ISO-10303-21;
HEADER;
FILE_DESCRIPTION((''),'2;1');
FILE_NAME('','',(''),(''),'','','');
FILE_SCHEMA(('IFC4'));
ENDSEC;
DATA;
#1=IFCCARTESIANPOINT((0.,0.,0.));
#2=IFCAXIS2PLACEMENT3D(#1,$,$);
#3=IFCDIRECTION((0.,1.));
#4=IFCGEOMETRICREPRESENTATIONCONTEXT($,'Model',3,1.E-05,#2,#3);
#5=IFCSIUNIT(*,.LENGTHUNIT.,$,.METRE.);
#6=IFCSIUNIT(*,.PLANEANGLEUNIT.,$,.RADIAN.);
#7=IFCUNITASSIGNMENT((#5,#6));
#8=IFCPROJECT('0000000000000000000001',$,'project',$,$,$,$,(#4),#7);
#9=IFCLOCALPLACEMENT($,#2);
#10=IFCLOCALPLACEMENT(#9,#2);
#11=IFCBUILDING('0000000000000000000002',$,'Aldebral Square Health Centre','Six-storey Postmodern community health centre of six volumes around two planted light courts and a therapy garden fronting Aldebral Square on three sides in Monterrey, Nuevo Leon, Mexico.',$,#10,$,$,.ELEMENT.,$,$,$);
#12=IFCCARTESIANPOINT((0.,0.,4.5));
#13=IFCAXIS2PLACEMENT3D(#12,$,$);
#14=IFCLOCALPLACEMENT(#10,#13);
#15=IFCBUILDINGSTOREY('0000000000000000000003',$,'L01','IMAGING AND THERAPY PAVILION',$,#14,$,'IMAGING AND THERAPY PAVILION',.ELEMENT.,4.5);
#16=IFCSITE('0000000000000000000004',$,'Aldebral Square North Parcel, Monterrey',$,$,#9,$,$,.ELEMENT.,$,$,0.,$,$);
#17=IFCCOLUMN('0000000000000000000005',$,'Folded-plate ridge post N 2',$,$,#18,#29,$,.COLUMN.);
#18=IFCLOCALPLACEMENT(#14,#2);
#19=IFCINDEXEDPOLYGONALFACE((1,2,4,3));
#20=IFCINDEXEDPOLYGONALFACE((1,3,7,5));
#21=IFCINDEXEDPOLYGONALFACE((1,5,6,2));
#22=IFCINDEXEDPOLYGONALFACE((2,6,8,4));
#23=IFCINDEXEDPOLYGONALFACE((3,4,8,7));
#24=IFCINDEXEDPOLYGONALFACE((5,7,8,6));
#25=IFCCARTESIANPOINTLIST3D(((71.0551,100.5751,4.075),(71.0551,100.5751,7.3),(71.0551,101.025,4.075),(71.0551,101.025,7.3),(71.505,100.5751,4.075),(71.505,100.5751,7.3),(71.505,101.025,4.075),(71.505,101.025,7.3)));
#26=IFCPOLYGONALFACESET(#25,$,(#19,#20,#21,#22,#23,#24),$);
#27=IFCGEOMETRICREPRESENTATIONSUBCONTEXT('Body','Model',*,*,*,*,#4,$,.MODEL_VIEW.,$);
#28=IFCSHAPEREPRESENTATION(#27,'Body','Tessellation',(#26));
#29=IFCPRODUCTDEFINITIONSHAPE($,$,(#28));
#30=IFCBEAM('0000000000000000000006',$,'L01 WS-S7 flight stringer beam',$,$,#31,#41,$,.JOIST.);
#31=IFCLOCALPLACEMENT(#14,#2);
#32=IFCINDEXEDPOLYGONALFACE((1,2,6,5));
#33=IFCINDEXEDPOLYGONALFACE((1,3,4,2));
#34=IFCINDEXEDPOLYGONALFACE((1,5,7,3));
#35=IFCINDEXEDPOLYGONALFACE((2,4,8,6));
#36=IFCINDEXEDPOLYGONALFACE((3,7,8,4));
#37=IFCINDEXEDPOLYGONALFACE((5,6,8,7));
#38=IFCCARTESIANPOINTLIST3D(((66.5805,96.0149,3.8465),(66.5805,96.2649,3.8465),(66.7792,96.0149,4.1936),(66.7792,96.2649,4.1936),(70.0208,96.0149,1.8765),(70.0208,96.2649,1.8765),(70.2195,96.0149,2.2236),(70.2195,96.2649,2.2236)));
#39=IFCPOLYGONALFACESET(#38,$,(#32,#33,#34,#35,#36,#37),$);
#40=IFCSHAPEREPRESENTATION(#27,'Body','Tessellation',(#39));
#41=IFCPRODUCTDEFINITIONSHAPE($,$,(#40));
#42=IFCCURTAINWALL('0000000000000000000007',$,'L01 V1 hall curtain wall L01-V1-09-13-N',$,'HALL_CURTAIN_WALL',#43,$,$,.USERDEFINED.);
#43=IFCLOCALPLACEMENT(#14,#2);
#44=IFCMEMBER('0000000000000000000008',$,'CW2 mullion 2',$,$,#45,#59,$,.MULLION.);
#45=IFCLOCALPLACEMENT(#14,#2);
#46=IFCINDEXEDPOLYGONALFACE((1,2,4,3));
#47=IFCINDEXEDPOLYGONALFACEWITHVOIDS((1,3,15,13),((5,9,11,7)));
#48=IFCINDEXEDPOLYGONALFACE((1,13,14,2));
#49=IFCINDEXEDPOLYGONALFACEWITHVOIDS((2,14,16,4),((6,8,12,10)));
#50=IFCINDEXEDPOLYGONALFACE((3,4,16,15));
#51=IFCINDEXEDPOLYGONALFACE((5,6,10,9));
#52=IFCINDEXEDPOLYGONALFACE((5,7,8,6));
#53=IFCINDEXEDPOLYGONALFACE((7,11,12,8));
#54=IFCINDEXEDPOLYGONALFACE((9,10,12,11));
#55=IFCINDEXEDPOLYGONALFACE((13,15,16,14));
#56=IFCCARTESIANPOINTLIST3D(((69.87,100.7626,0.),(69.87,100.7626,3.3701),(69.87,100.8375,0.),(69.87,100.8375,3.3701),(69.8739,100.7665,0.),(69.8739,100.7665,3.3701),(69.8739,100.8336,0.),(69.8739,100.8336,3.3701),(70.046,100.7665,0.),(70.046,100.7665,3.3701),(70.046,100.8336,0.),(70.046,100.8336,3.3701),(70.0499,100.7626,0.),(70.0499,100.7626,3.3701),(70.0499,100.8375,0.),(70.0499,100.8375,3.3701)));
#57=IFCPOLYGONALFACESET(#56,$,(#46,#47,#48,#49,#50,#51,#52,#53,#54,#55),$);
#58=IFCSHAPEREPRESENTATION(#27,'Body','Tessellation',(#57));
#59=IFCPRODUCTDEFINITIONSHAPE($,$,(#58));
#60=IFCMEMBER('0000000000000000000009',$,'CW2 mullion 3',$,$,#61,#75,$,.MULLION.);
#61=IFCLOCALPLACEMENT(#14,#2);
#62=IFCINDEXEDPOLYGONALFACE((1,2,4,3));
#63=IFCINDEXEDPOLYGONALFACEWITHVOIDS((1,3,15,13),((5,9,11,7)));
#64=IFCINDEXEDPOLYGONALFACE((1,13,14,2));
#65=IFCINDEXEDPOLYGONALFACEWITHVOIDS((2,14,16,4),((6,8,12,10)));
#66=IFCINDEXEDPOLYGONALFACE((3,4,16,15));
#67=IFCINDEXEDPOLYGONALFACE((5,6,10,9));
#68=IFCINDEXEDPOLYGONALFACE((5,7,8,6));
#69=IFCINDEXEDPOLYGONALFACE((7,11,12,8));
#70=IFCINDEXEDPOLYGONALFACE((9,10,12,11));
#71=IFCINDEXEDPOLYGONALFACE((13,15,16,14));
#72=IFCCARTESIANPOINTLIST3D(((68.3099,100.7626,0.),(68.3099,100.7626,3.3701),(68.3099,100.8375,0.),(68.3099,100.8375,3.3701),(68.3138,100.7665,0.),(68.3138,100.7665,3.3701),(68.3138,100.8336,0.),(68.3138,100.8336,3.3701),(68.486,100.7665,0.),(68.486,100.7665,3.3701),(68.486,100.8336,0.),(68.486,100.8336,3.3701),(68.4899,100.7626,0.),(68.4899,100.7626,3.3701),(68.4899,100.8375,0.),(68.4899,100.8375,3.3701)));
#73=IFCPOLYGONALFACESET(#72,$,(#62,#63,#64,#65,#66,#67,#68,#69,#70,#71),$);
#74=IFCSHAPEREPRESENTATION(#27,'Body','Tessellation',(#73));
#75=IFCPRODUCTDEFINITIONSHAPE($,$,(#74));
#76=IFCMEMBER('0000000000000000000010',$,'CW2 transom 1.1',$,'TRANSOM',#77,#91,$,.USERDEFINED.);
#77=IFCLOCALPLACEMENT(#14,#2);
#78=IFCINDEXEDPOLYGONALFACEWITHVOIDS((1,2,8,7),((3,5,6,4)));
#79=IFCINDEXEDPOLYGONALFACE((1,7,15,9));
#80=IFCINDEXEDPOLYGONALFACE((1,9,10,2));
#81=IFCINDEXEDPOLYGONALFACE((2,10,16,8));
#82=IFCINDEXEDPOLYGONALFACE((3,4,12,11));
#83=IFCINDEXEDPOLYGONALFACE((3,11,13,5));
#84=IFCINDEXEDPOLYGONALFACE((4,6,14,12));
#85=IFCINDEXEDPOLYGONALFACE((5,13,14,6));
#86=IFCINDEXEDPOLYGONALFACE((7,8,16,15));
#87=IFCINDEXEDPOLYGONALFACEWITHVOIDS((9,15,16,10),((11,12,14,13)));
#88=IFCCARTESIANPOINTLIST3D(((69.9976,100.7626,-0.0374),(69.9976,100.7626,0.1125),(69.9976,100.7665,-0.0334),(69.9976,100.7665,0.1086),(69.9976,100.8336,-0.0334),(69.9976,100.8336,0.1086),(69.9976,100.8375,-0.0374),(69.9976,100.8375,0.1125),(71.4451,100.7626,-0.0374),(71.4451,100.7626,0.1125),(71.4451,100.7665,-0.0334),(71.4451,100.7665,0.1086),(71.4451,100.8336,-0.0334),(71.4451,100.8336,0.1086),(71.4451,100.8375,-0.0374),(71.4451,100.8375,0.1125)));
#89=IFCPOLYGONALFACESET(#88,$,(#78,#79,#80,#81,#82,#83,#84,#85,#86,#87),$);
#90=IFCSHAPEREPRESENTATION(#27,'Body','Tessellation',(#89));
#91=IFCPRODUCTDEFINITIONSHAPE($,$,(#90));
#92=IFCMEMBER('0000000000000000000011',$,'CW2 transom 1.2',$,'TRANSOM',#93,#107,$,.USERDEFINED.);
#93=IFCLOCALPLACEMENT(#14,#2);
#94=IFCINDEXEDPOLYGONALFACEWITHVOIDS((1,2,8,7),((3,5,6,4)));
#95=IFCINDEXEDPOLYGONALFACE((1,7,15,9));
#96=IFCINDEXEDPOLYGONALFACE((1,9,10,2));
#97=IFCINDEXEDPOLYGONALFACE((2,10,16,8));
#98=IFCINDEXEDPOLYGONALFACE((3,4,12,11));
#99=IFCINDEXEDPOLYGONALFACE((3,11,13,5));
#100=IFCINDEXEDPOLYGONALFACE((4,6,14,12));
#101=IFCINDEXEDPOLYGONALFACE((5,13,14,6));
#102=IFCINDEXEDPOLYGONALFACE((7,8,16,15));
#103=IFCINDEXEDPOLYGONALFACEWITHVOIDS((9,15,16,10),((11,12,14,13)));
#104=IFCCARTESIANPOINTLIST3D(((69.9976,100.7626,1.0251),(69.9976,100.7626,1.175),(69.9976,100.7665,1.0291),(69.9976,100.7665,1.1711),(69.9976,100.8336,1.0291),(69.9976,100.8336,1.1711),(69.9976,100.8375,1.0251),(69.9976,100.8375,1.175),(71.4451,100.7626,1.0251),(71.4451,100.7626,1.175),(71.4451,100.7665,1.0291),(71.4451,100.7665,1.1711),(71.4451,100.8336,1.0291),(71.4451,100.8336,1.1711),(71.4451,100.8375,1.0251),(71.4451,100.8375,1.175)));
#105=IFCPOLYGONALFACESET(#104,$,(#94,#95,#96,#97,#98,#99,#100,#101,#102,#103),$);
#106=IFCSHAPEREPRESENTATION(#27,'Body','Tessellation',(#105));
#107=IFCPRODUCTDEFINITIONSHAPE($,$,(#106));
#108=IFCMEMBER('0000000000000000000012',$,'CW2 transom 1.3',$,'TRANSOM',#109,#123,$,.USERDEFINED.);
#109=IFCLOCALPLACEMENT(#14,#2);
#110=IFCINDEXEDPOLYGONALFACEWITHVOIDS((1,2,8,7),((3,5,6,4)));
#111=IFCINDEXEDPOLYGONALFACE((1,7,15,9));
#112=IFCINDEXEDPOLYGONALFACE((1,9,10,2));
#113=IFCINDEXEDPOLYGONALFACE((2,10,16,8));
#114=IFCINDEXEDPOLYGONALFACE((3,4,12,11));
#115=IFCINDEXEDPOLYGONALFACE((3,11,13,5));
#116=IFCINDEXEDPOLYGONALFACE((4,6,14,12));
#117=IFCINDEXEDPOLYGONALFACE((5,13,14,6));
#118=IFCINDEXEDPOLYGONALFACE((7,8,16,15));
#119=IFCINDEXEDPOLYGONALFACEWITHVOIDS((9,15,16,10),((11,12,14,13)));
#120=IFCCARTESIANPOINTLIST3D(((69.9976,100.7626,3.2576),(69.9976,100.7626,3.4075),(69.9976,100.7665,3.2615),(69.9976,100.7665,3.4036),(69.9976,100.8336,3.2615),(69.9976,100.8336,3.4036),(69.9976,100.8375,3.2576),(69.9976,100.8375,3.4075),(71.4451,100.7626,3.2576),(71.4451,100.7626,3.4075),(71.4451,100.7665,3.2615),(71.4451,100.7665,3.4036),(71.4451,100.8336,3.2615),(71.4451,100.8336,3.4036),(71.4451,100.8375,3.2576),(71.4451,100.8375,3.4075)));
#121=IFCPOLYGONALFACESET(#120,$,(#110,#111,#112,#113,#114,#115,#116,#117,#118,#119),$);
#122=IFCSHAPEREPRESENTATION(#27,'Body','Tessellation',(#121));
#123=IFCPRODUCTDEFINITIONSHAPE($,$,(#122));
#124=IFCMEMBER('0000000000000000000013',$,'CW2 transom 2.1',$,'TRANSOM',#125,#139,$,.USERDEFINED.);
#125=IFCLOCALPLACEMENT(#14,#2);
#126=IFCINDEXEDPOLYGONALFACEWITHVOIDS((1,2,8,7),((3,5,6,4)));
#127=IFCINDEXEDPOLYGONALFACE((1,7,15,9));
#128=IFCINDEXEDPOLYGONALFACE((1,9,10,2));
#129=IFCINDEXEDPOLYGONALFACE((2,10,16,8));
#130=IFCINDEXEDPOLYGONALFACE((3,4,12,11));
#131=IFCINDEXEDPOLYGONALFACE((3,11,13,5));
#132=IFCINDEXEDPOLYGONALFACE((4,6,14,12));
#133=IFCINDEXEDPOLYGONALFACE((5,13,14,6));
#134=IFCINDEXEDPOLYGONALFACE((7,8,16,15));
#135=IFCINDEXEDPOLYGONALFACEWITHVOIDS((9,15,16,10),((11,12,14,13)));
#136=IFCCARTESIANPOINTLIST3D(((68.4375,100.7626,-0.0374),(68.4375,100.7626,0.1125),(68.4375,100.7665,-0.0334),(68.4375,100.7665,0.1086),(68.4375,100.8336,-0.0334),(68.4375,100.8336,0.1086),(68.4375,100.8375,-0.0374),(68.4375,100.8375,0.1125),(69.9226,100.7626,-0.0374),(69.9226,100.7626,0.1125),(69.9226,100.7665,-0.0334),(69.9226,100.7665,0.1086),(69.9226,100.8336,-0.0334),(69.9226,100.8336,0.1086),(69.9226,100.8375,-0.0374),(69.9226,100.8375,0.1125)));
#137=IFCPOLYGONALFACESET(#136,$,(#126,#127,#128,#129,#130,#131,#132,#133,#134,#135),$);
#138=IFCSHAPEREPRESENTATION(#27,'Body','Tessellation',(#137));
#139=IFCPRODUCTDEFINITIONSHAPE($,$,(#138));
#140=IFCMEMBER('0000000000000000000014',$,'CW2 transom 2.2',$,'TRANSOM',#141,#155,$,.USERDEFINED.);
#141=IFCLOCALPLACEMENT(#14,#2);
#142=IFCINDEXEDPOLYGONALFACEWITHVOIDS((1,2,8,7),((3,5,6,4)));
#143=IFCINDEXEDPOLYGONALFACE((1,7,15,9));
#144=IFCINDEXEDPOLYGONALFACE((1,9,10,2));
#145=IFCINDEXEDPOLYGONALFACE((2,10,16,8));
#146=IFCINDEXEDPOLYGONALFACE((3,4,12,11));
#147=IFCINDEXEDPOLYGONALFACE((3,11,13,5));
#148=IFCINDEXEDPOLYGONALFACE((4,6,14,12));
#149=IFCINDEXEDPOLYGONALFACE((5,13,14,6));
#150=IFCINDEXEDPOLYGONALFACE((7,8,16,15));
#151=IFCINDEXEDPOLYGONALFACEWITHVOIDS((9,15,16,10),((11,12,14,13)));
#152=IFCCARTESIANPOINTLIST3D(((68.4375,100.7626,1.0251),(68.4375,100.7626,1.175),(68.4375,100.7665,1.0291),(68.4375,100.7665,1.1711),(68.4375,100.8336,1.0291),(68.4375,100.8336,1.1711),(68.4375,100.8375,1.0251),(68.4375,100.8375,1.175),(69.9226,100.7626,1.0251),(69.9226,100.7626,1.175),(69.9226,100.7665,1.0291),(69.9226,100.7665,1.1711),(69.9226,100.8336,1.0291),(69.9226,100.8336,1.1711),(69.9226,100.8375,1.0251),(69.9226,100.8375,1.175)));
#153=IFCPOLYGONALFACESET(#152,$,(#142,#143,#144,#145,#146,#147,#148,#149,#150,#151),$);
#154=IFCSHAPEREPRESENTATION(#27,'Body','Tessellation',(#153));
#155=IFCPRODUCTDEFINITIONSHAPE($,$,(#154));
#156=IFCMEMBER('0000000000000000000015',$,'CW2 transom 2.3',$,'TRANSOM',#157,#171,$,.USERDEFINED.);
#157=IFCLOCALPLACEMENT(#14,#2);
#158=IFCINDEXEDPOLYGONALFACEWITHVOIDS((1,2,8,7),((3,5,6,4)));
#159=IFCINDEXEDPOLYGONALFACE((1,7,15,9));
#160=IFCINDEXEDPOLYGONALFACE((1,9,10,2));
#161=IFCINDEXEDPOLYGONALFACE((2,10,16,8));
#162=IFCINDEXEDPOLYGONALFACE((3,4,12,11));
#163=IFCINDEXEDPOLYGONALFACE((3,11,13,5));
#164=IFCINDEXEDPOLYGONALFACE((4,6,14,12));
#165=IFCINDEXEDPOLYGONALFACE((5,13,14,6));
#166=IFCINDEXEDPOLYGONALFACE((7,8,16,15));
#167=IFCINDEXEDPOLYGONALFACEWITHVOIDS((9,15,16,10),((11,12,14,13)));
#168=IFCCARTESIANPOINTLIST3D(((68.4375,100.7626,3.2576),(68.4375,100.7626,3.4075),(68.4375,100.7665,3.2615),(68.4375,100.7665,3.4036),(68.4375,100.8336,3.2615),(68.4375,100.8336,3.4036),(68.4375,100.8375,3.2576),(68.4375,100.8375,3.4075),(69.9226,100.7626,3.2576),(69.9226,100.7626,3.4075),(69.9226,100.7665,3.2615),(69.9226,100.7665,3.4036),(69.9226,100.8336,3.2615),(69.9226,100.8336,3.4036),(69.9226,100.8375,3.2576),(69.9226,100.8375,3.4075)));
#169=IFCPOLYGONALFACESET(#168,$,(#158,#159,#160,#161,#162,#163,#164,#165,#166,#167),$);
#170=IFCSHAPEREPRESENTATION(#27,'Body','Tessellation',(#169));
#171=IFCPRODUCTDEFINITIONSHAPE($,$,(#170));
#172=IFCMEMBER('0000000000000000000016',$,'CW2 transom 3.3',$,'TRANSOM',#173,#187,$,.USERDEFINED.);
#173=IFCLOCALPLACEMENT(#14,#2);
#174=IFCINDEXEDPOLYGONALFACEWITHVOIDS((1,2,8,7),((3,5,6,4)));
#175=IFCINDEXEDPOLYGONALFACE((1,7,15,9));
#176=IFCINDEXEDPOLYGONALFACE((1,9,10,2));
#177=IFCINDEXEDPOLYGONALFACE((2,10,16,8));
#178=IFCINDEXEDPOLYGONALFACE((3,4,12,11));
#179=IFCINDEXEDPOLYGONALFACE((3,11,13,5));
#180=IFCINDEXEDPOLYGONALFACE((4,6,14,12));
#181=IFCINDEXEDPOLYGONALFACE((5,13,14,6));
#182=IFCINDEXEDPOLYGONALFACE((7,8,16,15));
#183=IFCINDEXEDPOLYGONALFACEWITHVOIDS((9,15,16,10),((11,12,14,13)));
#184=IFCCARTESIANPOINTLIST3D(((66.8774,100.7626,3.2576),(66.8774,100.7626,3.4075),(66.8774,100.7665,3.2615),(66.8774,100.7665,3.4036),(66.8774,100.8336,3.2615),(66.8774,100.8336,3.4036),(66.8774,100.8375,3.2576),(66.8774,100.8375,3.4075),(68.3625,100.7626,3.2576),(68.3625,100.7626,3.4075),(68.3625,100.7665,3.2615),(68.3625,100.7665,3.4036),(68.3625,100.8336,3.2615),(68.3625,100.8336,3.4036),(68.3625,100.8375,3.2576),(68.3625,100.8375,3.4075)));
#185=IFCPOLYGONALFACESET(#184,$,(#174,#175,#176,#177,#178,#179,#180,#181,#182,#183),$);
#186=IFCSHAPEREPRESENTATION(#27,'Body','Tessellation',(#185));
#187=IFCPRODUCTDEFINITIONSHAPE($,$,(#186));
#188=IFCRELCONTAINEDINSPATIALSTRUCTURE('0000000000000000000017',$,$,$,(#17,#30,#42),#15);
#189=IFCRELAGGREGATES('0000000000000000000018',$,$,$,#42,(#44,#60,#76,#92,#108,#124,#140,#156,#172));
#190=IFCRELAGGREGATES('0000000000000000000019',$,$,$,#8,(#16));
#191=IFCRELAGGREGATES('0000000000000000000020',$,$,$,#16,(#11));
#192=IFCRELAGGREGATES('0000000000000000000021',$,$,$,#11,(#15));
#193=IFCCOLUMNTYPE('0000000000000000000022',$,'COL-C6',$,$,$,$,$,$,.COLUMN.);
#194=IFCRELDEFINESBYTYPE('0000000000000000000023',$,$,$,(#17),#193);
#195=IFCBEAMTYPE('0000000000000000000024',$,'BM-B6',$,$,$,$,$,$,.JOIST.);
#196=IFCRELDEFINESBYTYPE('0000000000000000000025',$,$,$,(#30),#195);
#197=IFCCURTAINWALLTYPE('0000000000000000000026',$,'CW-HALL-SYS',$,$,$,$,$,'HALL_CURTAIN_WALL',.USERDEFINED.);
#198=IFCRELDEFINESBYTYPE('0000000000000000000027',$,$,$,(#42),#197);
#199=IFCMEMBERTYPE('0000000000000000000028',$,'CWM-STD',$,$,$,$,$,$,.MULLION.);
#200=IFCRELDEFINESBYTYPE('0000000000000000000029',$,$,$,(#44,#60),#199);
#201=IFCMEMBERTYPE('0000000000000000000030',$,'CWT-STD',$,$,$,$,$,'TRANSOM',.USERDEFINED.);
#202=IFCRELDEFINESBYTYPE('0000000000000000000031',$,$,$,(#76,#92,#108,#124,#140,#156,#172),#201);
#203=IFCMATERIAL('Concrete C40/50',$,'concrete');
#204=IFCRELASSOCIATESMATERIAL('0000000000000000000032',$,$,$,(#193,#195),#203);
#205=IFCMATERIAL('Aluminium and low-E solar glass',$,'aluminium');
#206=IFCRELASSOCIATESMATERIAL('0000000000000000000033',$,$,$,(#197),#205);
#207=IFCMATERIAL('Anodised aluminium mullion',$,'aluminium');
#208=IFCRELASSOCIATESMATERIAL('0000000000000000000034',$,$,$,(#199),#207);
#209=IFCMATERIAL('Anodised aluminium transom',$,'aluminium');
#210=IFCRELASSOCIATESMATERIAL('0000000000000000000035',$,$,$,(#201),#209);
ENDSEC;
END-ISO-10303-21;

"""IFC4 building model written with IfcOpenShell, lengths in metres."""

from ifc_helpers import new_model, si_unit, direction, frame, origin, origin_2d, place, context, subcontext, project, spatial, rectangle, hollow_rectangle, extrude, material, material_profile, profile_set, type_object, element, aggregate, save


model = new_model("IFC4")

# Units and contexts
model_context = context("Model", 3, precision=1e-05, world=origin(), true_north=direction((0.0, 1.0)))
body_context = subcontext(model_context, "Body", "Model", "MODEL_VIEW")
ifc_project = project(units=[si_unit("LENGTHUNIT", "METRE"), si_unit("PLANEANGLEUNIT", "RADIAN")], contexts=[model_context])

# Site, building, storey
site_placement = place(None, origin())
site = spatial("IfcSite", under=ifc_project, at=site_placement, Name="Aldebral Square North Parcel, Monterrey", CompositionType="ELEMENT", RefElevation=0.0)
building_placement = place(site_placement, origin())
building = spatial("IfcBuilding", under=site, at=building_placement, Name="Aldebral Square Health Centre", Description="Six-storey Postmodern community health centre of six volumes around two planted light courts and a therapy garden fronting Aldebral Square on three sides in Monterrey, Nuevo Leon, Mexico.", CompositionType="ELEMENT")
storey_placement = place(building_placement, frame((0.0, 0.0, 4.5)))
storey = spatial("IfcBuildingStorey", under=building, at=storey_placement, Name="L01", Description="IMAGING AND THERAPY PAVILION", LongName="IMAGING AND THERAPY PAVILION", CompositionType="ELEMENT", Elevation=4.5)

# Column
ifc_material_1 = material(Name="Concrete C40/50", Category="concrete")
ifc_material_profile_1 = material_profile(ifc_material_1, rectangle(XDim=0.45, YDim=0.45, at=origin_2d()), Name="RC 450x450")
ifc_profile_set_1 = profile_set([ifc_material_profile_1], Name="Concrete C40/50")
column_type = type_object("IfcColumnType", Name="COL-C6", PredefinedType="COLUMN", material=ifc_profile_set_1)
column_placement = place(storey_placement, frame((71.28, 100.8, 4.075), z_axis=(0.0, 0.0, 1.0), x_axis=(1.0, 0.0, 0.0)))
element("IfcColumn", 1, at=column_placement, inside=storey, type_object=column_type, Name="Folded-plate ridge post N 2", PredefinedType="COLUMN", context=body_context, shape_type="SweptSolid", body=[
    extrude(rectangle(XDim=0.45, YDim=0.45, at=origin_2d()), origin(), (0.0, 0.0, 1.0), 3.2251),
])

# Beam
ifc_material_profile_2 = material_profile(ifc_material_1, rectangle(XDim=0.25, YDim=0.3999, at=origin_2d()), Name="RC 250x400")
ifc_profile_set_2 = profile_set([ifc_material_profile_2], Name="Concrete C40/50")
beam_type = type_object("IfcBeamType", Name="BM-B6", PredefinedType="JOIST", material=ifc_profile_set_2)
beam_placement = place(storey_placement, frame((70.1201, 96.1399, 2.05), z_axis=(-0.867792, 0.0, 0.496928), x_axis=(0.0, -1.0, 0.0)))
element("IfcBeam", 2, at=beam_placement, inside=storey, type_object=beam_type, Name="L01 WS-S7 flight stringer beam", PredefinedType="JOIST", context=body_context, shape_type="SweptSolid", body=[
    extrude(rectangle(XDim=0.25, YDim=0.3999, at=origin_2d()), origin(), (0.0, 0.0, 1.0), 3.9644),
])

# Curtain wall, members
ifc_material_2 = material(Name="Aluminium and low-E solar glass", Category="aluminium")
curtain_wall_type = type_object("IfcCurtainWallType", Name="CW-HALL-SYS", ElementType="HALL_CURTAIN_WALL", PredefinedType="USERDEFINED", material=ifc_material_2)
curtain_wall_placement = place(storey_placement, origin())
curtain_wall = element("IfcCurtainWall", 3, at=curtain_wall_placement, inside=storey, type_object=curtain_wall_type, Name="L01 V1 hall curtain wall L01-V1-09-13-N", ObjectType="HALL_CURTAIN_WALL", PredefinedType="USERDEFINED")
ifc_material_3 = material(Name="Anodised aluminium mullion", Category="aluminium")
ifc_material_profile_3 = material_profile(ifc_material_3, hollow_rectangle(XDim=0.075, YDim=0.1799, WallThickness=0.0039, at=origin_2d()), Name="CWM 75x180x4")
ifc_profile_set_3 = profile_set([ifc_material_profile_3], Name="Anodised aluminium mullion")
member_type_1 = type_object("IfcMemberType", Name="CWM-STD", PredefinedType="MULLION", material=ifc_profile_set_3)
member_1_placement = place(storey_placement, frame((69.96, 100.8, 0.0), z_axis=(0.0, 0.0, 1.0), x_axis=(0.0, -1.0, 0.0)))
member_1 = element("IfcMember", 4, at=member_1_placement, type_object=member_type_1, Name="CW2 mullion 2", PredefinedType="MULLION", context=body_context, shape_type="SweptSolid", body=[
    extrude(hollow_rectangle(XDim=0.075, YDim=0.1799, WallThickness=0.0039, at=origin_2d()), origin(), (0.0, 0.0, 1.0), 3.3701),
])
member_2_placement = place(storey_placement, frame((68.3999, 100.8, 0.0), z_axis=(0.0, 0.0, 1.0), x_axis=(0.0, -1.0, 0.0)))
member_2 = element("IfcMember", 5, at=member_2_placement, type_object=member_type_1, Name="CW2 mullion 3", PredefinedType="MULLION", context=body_context, shape_type="SweptSolid", body=[
    extrude(hollow_rectangle(XDim=0.075, YDim=0.1799, WallThickness=0.0039, at=origin_2d()), origin(), (0.0, 0.0, 1.0), 3.3701),
])
ifc_material_4 = material(Name="Anodised aluminium transom", Category="aluminium")
ifc_material_profile_4 = material_profile(ifc_material_4, hollow_rectangle(XDim=0.075, YDim=0.1499, WallThickness=0.0039, at=origin_2d()), Name="CWT 75x150x4")
ifc_profile_set_4 = profile_set([ifc_material_profile_4], Name="Anodised aluminium transom")
member_type_2 = type_object("IfcMemberType", Name="CWT-STD", ElementType="TRANSOM", PredefinedType="USERDEFINED", material=ifc_profile_set_4)
member_3_placement = place(storey_placement, frame((71.4451, 100.8, 0.0376), z_axis=(-1.0, 0.0, 0.0), x_axis=(0.0, -1.0, 0.0)))
member_3 = element("IfcMember", 6, at=member_3_placement, type_object=member_type_2, Name="CW2 transom 1.1", ObjectType="TRANSOM", PredefinedType="USERDEFINED", context=body_context, shape_type="SweptSolid", body=[
    extrude(hollow_rectangle(XDim=0.075, YDim=0.1499, WallThickness=0.0039, at=origin_2d()), origin(), (0.0, 0.0, 1.0), 1.4475),
])
member_4_placement = place(storey_placement, frame((71.4451, 100.8, 1.1001), z_axis=(-1.0, 0.0, 0.0), x_axis=(0.0, -1.0, 0.0)))
member_4 = element("IfcMember", 7, at=member_4_placement, type_object=member_type_2, Name="CW2 transom 1.2", ObjectType="TRANSOM", PredefinedType="USERDEFINED", context=body_context, shape_type="SweptSolid", body=[
    extrude(hollow_rectangle(XDim=0.075, YDim=0.1499, WallThickness=0.0039, at=origin_2d()), origin(), (0.0, 0.0, 1.0), 1.4475),
])
member_5_placement = place(storey_placement, frame((71.4451, 100.8, 3.3325), z_axis=(-1.0, 0.0, 0.0), x_axis=(0.0, -1.0, 0.0)))
member_5 = element("IfcMember", 8, at=member_5_placement, type_object=member_type_2, Name="CW2 transom 1.3", ObjectType="TRANSOM", PredefinedType="USERDEFINED", context=body_context, shape_type="SweptSolid", body=[
    extrude(hollow_rectangle(XDim=0.075, YDim=0.1499, WallThickness=0.0039, at=origin_2d()), origin(), (0.0, 0.0, 1.0), 1.4475),
])
member_6_placement = place(storey_placement, frame((69.9226, 100.8, 0.0376), z_axis=(-1.0, 0.0, 0.0), x_axis=(0.0, -1.0, 0.0)))
member_6 = element("IfcMember", 9, at=member_6_placement, type_object=member_type_2, Name="CW2 transom 2.1", ObjectType="TRANSOM", PredefinedType="USERDEFINED", context=body_context, shape_type="SweptSolid", body=[
    extrude(hollow_rectangle(XDim=0.075, YDim=0.1499, WallThickness=0.0039, at=origin_2d()), origin(), (0.0, 0.0, 1.0), 1.4851),
])
member_7_placement = place(storey_placement, frame((69.9226, 100.8, 1.1001), z_axis=(-1.0, 0.0, 0.0), x_axis=(0.0, -1.0, 0.0)))
member_7 = element("IfcMember", 10, at=member_7_placement, type_object=member_type_2, Name="CW2 transom 2.2", ObjectType="TRANSOM", PredefinedType="USERDEFINED", context=body_context, shape_type="SweptSolid", body=[
    extrude(hollow_rectangle(XDim=0.075, YDim=0.1499, WallThickness=0.0039, at=origin_2d()), origin(), (0.0, 0.0, 1.0), 1.4851),
])
member_8_placement = place(storey_placement, frame((69.9226, 100.8, 3.3325), z_axis=(-1.0, 0.0, 0.0), x_axis=(0.0, -1.0, 0.0)))
member_8 = element("IfcMember", 11, at=member_8_placement, type_object=member_type_2, Name="CW2 transom 2.3", ObjectType="TRANSOM", PredefinedType="USERDEFINED", context=body_context, shape_type="SweptSolid", body=[
    extrude(hollow_rectangle(XDim=0.075, YDim=0.1499, WallThickness=0.0039, at=origin_2d()), origin(), (0.0, 0.0, 1.0), 1.4851),
])
member_9_placement = place(storey_placement, frame((68.3625, 100.8, 3.3325), z_axis=(-1.0, 0.0, 0.0), x_axis=(0.0, -1.0, 0.0)))
member_9 = element("IfcMember", 12, at=member_9_placement, type_object=member_type_2, Name="CW2 transom 3.3", ObjectType="TRANSOM", PredefinedType="USERDEFINED", context=body_context, shape_type="SweptSolid", body=[
    extrude(hollow_rectangle(XDim=0.075, YDim=0.1499, WallThickness=0.0039, at=origin_2d()), origin(), (0.0, 0.0, 1.0), 1.4851),
])
aggregate(curtain_wall, [member_1, member_2, member_3, member_4, member_5, member_6, member_7, member_8, member_9])

save(model, "model.ifc")
